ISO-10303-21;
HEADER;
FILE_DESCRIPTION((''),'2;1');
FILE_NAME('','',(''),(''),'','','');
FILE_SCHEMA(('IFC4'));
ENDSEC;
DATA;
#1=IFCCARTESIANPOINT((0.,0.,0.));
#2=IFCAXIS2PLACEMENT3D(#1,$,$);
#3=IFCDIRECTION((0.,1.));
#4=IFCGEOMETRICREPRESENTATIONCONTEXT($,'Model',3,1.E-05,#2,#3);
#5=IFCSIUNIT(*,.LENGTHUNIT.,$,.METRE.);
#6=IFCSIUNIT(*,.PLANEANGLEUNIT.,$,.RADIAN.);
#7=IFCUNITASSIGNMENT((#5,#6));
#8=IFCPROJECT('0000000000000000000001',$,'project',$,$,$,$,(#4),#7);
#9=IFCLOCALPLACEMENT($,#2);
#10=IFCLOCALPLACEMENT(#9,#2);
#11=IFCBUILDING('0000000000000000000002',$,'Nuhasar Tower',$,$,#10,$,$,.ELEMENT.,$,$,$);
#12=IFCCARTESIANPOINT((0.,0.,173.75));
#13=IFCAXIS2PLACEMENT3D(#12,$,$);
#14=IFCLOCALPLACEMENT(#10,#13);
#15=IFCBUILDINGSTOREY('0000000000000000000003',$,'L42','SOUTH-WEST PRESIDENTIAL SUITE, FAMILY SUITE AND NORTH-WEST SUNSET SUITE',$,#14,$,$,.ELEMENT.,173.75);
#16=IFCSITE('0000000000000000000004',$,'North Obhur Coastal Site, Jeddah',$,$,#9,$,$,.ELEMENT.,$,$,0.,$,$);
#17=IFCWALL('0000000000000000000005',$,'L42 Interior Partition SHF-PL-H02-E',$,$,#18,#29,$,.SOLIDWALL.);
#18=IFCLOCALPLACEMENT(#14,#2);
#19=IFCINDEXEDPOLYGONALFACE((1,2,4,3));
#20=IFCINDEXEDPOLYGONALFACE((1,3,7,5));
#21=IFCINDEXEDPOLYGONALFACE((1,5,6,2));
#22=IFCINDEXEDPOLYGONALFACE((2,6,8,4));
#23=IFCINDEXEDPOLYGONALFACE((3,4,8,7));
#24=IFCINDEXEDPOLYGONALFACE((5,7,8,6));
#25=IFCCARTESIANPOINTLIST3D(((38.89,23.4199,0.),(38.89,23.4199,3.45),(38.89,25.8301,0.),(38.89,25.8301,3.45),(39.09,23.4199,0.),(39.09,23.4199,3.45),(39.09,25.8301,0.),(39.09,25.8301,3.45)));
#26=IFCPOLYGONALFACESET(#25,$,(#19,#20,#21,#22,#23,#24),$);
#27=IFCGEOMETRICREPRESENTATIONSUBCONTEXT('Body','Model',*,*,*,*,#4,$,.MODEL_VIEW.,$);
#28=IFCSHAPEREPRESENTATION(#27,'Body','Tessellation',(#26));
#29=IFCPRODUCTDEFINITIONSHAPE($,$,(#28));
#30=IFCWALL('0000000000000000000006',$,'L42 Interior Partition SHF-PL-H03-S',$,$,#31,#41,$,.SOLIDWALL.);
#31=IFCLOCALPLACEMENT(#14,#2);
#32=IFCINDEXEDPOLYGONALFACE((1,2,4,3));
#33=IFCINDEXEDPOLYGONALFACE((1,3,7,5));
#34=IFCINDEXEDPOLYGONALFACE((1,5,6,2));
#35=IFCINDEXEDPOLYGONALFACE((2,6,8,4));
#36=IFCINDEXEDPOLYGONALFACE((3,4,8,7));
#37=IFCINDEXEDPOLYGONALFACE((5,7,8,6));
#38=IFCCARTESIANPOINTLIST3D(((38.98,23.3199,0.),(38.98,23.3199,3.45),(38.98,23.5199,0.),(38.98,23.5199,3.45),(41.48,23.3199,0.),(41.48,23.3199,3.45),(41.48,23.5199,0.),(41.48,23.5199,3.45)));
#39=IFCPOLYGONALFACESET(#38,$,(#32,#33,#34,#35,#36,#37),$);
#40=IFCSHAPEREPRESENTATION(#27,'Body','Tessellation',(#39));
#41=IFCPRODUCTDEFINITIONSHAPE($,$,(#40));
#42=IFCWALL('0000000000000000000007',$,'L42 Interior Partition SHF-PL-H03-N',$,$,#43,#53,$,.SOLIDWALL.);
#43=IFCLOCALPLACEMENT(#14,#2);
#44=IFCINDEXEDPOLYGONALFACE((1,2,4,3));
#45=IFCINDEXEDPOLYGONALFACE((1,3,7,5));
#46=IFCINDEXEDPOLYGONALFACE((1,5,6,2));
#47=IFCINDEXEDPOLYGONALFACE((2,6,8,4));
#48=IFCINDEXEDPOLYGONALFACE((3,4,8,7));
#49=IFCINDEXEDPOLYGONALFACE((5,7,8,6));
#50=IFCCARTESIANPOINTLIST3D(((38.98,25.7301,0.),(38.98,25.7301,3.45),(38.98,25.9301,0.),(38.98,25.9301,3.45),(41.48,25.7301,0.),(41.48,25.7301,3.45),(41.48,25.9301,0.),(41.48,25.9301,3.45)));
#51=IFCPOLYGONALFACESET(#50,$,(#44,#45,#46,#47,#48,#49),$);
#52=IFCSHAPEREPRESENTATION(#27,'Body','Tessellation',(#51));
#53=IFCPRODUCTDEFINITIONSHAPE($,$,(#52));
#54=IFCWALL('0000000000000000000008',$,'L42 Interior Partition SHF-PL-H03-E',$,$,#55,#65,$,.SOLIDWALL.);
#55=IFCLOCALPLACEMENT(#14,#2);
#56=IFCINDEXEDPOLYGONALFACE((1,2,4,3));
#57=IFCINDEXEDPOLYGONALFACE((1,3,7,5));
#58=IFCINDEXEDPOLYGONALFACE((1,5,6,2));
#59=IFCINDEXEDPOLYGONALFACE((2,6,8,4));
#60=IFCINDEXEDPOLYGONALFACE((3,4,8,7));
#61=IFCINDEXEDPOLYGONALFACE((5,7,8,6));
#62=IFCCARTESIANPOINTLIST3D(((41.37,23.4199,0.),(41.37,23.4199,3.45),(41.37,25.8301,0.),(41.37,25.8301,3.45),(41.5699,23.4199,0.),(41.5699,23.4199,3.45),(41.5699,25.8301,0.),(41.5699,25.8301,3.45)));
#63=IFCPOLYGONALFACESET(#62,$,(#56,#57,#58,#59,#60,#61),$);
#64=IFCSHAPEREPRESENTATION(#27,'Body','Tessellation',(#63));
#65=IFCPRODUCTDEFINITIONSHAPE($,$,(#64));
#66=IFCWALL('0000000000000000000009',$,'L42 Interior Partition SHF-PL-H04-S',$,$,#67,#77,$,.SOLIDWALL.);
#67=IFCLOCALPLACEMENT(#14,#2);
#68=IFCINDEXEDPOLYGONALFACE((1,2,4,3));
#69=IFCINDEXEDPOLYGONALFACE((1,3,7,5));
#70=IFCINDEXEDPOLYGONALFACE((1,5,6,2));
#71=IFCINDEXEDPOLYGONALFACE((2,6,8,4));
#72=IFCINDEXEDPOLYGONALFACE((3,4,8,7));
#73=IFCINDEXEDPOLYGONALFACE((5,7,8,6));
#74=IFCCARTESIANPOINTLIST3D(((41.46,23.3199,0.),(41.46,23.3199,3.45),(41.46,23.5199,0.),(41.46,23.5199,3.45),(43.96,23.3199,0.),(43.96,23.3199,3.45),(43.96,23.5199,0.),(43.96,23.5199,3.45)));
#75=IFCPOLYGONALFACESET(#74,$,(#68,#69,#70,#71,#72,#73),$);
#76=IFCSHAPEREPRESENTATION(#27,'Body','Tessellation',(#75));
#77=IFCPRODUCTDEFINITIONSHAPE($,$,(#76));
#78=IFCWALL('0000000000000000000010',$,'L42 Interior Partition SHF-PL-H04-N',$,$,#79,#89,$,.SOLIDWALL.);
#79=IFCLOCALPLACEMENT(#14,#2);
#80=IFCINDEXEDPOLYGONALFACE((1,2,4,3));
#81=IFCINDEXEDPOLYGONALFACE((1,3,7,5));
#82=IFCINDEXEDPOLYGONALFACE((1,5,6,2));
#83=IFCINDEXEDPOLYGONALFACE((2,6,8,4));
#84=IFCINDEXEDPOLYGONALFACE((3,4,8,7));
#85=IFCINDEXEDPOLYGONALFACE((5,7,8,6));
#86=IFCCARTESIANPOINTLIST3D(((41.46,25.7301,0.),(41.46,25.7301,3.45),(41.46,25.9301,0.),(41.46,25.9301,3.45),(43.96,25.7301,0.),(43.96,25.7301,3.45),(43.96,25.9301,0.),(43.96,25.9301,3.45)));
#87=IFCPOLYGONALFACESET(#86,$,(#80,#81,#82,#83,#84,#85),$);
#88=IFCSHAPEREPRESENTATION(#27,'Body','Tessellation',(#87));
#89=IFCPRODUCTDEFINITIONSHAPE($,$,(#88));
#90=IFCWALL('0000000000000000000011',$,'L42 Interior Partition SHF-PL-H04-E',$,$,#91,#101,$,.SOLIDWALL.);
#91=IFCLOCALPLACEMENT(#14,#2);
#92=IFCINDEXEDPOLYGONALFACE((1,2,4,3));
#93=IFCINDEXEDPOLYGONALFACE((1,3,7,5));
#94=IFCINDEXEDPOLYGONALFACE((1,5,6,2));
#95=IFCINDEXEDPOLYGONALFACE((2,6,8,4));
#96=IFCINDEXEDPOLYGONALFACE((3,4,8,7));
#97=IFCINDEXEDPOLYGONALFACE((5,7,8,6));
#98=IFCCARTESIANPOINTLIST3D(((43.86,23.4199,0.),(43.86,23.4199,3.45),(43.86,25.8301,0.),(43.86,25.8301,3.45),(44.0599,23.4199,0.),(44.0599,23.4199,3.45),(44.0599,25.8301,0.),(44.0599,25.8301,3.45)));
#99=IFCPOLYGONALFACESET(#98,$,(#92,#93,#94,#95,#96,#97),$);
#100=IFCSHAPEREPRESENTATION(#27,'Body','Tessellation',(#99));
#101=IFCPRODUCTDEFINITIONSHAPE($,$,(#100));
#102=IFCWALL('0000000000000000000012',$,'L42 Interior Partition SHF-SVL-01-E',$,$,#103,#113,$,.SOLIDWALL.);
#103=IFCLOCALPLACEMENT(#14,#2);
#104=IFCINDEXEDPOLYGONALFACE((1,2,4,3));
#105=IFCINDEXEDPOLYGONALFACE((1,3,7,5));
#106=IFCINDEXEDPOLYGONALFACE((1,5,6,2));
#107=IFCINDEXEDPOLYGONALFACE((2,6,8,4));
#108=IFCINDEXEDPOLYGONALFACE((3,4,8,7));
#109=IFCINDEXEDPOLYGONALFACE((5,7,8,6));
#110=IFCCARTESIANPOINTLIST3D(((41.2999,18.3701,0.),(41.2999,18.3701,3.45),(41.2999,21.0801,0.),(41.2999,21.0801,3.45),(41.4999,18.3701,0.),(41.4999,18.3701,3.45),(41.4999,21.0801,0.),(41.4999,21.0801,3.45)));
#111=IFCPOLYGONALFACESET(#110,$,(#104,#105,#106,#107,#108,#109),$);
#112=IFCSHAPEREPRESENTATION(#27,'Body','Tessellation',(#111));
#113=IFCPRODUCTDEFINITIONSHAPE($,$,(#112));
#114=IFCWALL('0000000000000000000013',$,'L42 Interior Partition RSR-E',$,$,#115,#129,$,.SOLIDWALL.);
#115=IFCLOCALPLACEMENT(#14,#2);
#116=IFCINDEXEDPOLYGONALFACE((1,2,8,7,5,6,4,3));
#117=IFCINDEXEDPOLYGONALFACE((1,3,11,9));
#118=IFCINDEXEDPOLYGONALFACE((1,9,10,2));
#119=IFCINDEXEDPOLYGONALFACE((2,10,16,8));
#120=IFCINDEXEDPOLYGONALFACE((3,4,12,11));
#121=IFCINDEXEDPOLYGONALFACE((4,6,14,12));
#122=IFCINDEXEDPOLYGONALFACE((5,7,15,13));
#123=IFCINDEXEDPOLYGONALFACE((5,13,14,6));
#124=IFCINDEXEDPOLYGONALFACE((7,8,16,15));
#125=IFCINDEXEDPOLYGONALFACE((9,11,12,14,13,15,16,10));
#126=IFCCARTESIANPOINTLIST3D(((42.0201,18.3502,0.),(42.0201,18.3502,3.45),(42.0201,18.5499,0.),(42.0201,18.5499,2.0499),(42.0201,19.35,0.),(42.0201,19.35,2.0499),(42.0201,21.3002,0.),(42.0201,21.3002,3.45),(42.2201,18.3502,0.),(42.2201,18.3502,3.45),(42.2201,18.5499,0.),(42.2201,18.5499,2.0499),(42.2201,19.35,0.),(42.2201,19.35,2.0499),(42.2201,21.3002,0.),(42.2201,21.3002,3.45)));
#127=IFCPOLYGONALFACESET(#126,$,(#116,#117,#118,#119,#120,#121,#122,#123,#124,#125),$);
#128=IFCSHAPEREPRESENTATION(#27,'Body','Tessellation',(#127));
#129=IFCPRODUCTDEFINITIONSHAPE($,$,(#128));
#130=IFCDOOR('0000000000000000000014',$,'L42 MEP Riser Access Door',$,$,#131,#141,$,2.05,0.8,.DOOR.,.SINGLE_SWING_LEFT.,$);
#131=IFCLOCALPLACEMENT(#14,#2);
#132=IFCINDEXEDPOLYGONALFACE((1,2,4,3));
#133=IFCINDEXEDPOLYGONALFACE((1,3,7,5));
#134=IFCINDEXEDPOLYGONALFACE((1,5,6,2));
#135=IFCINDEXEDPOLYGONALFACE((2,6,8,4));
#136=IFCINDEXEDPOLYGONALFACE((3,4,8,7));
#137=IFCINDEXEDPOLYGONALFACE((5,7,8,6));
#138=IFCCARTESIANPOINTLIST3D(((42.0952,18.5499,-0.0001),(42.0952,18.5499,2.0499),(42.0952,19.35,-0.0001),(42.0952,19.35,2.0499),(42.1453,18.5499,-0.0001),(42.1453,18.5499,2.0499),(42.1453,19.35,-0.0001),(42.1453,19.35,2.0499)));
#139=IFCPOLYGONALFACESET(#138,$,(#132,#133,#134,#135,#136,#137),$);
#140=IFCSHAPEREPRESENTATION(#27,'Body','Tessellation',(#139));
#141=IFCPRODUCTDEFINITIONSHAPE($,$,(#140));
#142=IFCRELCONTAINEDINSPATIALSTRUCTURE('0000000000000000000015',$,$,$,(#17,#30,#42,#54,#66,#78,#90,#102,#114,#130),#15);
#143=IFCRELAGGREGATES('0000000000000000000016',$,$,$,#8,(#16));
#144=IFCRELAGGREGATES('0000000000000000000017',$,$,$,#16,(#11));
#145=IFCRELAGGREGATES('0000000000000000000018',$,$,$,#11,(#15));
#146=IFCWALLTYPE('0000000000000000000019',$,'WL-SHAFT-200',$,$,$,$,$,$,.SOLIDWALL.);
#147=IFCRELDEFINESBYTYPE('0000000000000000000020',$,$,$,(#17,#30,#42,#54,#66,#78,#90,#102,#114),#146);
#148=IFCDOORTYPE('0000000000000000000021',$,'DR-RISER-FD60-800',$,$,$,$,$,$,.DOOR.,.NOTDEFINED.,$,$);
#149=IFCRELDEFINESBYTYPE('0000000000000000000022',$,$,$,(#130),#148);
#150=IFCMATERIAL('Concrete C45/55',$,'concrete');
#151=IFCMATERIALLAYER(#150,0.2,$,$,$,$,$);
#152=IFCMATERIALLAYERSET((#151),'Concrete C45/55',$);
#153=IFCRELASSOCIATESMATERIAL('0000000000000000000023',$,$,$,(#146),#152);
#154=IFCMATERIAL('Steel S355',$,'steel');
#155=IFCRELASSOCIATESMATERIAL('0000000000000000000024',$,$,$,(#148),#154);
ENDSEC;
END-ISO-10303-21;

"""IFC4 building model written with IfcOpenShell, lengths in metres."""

from ifc_helpers import new_model, si_unit, direction, frame, frame_2d, origin, place, context, subcontext, project, spatial, rectangle, extrude, material, layer, layer_set, type_object, element, fill, save


model = new_model("IFC4")

# Units and contexts
model_context = context("Model", 3, precision=1e-05, world=origin(), true_north=direction((0.0, 1.0)))
body_context = subcontext(model_context, "Body", "Model", "MODEL_VIEW")
ifc_project = project(units=[si_unit("LENGTHUNIT", "METRE"), si_unit("PLANEANGLEUNIT", "RADIAN")], contexts=[model_context])

# Site, building, storey
site_placement = place(None, origin())
site = spatial("IfcSite", under=ifc_project, at=site_placement, Name="North Obhur Coastal Site, Jeddah", CompositionType="ELEMENT", RefElevation=0.0)
building_placement = place(site_placement, origin())
building = spatial("IfcBuilding", under=site, at=building_placement, Name="Nuhasar Tower", CompositionType="ELEMENT")
storey_placement = place(building_placement, frame((0.0, 0.0, 173.75)))
storey = spatial("IfcBuildingStorey", under=building, at=storey_placement, Name="L42", Description="SOUTH-WEST PRESIDENTIAL SUITE, FAMILY SUITE AND NORTH-WEST SUNSET SUITE", CompositionType="ELEMENT", Elevation=173.75)

# Shared definitions
ifc_material_1 = material(Name="Steel S355", Category="steel")

# Shared definitions
ifc_material_2 = material(Name="Concrete C45/55", Category="concrete")

# Shared definitions
ifc_layer_1 = layer(ifc_material_2, 0.2)
ifc_layer_set_1 = layer_set([ifc_layer_1], Name="Concrete C45/55")
wall_type_1 = type_object("IfcWallType", Name="WL-SHAFT-200", PredefinedType="SOLIDWALL", material=ifc_layer_set_1)

# Walls
wall_1_placement = place(storey_placement, frame((38.99, 23.4199, 0.0), z_axis=(0.0, 0.0, 1.0), x_axis=(0.0, 1.0, 0.0)))
element("IfcWall", 1, at=wall_1_placement, inside=storey, type_object=wall_type_1, Name="L42 Interior Partition SHF-PL-H02-E", PredefinedType="SOLIDWALL", context=body_context, shape_type="SweptSolid", body=[
    extrude(rectangle(XDim=2.4102, YDim=0.2, at=frame_2d((1.2051, 0.0))), origin(), (0.0, 0.0, 1.0), 3.45),
])
for number, where, z_axis, x_axis, name in (
    (2, (38.98, 23.4199, 0.0), (0.0, 0.0, 1.0), (1.0, 0.0, 0.0), "L42 Interior Partition SHF-PL-H03-S"),
    (3, (38.98, 25.8301, 0.0), (0.0, 0.0, 1.0), (1.0, 0.0, 0.0), "L42 Interior Partition SHF-PL-H03-N"),
):
    element("IfcWall", number, at=place(storey_placement, frame(where, z_axis=z_axis, x_axis=x_axis)), inside=storey, type_object=wall_type_1, Name=name, PredefinedType="SOLIDWALL", context=body_context, shape_type="SweptSolid", body=[
        extrude(rectangle(XDim=2.5, YDim=0.2, at=frame_2d((1.25, 0.0))), origin(), (0.0, 0.0, 1.0), 3.45),
    ])
wall_2_placement = place(storey_placement, frame((41.47, 23.4199, 0.0), z_axis=(0.0, 0.0, 1.0), x_axis=(0.0, 1.0, 0.0)))
element("IfcWall", 4, at=wall_2_placement, inside=storey, type_object=wall_type_1, Name="L42 Interior Partition SHF-PL-H03-E", PredefinedType="SOLIDWALL", context=body_context, shape_type="SweptSolid", body=[
    extrude(rectangle(XDim=2.4102, YDim=0.2, at=frame_2d((1.2051, 0.0))), origin(), (0.0, 0.0, 1.0), 3.45),
])
for number, where, z_axis, x_axis, name in (
    (5, (41.46, 23.4199, 0.0), (0.0, 0.0, 1.0), (1.0, 0.0, 0.0), "L42 Interior Partition SHF-PL-H04-S"),
    (6, (41.46, 25.8301, 0.0), (0.0, 0.0, 1.0), (1.0, 0.0, 0.0), "L42 Interior Partition SHF-PL-H04-N"),
):
    element("IfcWall", number, at=place(storey_placement, frame(where, z_axis=z_axis, x_axis=x_axis)), inside=storey, type_object=wall_type_1, Name=name, PredefinedType="SOLIDWALL", context=body_context, shape_type="SweptSolid", body=[
        extrude(rectangle(XDim=2.5, YDim=0.2, at=frame_2d((1.25, 0.0))), origin(), (0.0, 0.0, 1.0), 3.45),
    ])
wall_3_placement = place(storey_placement, frame((43.96, 23.4199, 0.0), z_axis=(0.0, 0.0, 1.0), x_axis=(0.0, 1.0, 0.0)))
element("IfcWall", 7, at=wall_3_placement, inside=storey, type_object=wall_type_1, Name="L42 Interior Partition SHF-PL-H04-E", PredefinedType="SOLIDWALL", context=body_context, shape_type="SweptSolid", body=[
    extrude(rectangle(XDim=2.4102, YDim=0.2, at=frame_2d((1.2051, 0.0))), origin(), (0.0, 0.0, 1.0), 3.45),
])
wall_4_placement = place(storey_placement, frame((41.3999, 18.3701, 0.0), z_axis=(0.0, 0.0, 1.0), x_axis=(0.0, 1.0, 0.0)))
element("IfcWall", 8, at=wall_4_placement, inside=storey, type_object=wall_type_1, Name="L42 Interior Partition SHF-SVL-01-E", PredefinedType="SOLIDWALL", context=body_context, shape_type="SweptSolid", body=[
    extrude(rectangle(XDim=2.71, YDim=0.2, at=frame_2d((1.355, 0.0))), origin(), (0.0, 0.0, 1.0), 3.45),
])

# Wall, opening, door
wall_5_placement = place(storey_placement, frame((42.1201, 18.3501, 0.0), z_axis=(0.0, 0.0, 1.0), x_axis=(0.0, 1.0, 0.0)))
wall_5 = element("IfcWall", 9, at=wall_5_placement, inside=storey, type_object=wall_type_1, Name="L42 Interior Partition RSR-E", PredefinedType="SOLIDWALL", context=body_context, shape_type="SweptSolid", body=[
    extrude(rectangle(XDim=2.95, YDim=0.2, at=frame_2d((1.4751, 0.0))), origin(), (0.0, 0.0, 1.0), 3.45),
])
opening_1_placement = place(wall_5_placement, frame((0.2, 0.0, 0.0)))
opening_1 = element("IfcOpeningElement", 10, at=opening_1_placement, cuts=wall_5, PredefinedType="OPENING", context=body_context, shape_type="SweptSolid", body=[
    extrude(rectangle(XDim=0.8, YDim=2.05, at=frame_2d((0.3999, 1.0249))), frame((0.0, 0.1099, 0.0), z_axis=(0.0, -1.0, 0.0), x_axis=(1.0, 0.0, 0.0)), (0.0, 0.0, 1.0), 0.22),
])
door_type_1 = type_object("IfcDoorType", Name="DR-RISER-FD60-800", OperationType="NOTDEFINED", PredefinedType="DOOR", material=ifc_material_1)
door_1_placement = place(opening_1_placement, origin())
door_1 = element("IfcDoor", 11, at=door_1_placement, inside=storey, type_object=door_type_1, Name="L42 MEP Riser Access Door", OperationType="SINGLE_SWING_LEFT", OverallHeight=2.05, OverallWidth=0.8, PredefinedType="DOOR", context=body_context, shape_type="SweptSolid", body=[
    extrude(rectangle(XDim=0.8, YDim=2.05, at=frame_2d((0.3999, 1.0249))), frame((0.0, 0.0249, 0.0), z_axis=(0.0, -1.0, 0.0), x_axis=(1.0, 0.0, 0.0)), (0.0, 0.0, 1.0), 0.05),
])
fill(opening_1, door_1)

save(model, "model.ifc")
